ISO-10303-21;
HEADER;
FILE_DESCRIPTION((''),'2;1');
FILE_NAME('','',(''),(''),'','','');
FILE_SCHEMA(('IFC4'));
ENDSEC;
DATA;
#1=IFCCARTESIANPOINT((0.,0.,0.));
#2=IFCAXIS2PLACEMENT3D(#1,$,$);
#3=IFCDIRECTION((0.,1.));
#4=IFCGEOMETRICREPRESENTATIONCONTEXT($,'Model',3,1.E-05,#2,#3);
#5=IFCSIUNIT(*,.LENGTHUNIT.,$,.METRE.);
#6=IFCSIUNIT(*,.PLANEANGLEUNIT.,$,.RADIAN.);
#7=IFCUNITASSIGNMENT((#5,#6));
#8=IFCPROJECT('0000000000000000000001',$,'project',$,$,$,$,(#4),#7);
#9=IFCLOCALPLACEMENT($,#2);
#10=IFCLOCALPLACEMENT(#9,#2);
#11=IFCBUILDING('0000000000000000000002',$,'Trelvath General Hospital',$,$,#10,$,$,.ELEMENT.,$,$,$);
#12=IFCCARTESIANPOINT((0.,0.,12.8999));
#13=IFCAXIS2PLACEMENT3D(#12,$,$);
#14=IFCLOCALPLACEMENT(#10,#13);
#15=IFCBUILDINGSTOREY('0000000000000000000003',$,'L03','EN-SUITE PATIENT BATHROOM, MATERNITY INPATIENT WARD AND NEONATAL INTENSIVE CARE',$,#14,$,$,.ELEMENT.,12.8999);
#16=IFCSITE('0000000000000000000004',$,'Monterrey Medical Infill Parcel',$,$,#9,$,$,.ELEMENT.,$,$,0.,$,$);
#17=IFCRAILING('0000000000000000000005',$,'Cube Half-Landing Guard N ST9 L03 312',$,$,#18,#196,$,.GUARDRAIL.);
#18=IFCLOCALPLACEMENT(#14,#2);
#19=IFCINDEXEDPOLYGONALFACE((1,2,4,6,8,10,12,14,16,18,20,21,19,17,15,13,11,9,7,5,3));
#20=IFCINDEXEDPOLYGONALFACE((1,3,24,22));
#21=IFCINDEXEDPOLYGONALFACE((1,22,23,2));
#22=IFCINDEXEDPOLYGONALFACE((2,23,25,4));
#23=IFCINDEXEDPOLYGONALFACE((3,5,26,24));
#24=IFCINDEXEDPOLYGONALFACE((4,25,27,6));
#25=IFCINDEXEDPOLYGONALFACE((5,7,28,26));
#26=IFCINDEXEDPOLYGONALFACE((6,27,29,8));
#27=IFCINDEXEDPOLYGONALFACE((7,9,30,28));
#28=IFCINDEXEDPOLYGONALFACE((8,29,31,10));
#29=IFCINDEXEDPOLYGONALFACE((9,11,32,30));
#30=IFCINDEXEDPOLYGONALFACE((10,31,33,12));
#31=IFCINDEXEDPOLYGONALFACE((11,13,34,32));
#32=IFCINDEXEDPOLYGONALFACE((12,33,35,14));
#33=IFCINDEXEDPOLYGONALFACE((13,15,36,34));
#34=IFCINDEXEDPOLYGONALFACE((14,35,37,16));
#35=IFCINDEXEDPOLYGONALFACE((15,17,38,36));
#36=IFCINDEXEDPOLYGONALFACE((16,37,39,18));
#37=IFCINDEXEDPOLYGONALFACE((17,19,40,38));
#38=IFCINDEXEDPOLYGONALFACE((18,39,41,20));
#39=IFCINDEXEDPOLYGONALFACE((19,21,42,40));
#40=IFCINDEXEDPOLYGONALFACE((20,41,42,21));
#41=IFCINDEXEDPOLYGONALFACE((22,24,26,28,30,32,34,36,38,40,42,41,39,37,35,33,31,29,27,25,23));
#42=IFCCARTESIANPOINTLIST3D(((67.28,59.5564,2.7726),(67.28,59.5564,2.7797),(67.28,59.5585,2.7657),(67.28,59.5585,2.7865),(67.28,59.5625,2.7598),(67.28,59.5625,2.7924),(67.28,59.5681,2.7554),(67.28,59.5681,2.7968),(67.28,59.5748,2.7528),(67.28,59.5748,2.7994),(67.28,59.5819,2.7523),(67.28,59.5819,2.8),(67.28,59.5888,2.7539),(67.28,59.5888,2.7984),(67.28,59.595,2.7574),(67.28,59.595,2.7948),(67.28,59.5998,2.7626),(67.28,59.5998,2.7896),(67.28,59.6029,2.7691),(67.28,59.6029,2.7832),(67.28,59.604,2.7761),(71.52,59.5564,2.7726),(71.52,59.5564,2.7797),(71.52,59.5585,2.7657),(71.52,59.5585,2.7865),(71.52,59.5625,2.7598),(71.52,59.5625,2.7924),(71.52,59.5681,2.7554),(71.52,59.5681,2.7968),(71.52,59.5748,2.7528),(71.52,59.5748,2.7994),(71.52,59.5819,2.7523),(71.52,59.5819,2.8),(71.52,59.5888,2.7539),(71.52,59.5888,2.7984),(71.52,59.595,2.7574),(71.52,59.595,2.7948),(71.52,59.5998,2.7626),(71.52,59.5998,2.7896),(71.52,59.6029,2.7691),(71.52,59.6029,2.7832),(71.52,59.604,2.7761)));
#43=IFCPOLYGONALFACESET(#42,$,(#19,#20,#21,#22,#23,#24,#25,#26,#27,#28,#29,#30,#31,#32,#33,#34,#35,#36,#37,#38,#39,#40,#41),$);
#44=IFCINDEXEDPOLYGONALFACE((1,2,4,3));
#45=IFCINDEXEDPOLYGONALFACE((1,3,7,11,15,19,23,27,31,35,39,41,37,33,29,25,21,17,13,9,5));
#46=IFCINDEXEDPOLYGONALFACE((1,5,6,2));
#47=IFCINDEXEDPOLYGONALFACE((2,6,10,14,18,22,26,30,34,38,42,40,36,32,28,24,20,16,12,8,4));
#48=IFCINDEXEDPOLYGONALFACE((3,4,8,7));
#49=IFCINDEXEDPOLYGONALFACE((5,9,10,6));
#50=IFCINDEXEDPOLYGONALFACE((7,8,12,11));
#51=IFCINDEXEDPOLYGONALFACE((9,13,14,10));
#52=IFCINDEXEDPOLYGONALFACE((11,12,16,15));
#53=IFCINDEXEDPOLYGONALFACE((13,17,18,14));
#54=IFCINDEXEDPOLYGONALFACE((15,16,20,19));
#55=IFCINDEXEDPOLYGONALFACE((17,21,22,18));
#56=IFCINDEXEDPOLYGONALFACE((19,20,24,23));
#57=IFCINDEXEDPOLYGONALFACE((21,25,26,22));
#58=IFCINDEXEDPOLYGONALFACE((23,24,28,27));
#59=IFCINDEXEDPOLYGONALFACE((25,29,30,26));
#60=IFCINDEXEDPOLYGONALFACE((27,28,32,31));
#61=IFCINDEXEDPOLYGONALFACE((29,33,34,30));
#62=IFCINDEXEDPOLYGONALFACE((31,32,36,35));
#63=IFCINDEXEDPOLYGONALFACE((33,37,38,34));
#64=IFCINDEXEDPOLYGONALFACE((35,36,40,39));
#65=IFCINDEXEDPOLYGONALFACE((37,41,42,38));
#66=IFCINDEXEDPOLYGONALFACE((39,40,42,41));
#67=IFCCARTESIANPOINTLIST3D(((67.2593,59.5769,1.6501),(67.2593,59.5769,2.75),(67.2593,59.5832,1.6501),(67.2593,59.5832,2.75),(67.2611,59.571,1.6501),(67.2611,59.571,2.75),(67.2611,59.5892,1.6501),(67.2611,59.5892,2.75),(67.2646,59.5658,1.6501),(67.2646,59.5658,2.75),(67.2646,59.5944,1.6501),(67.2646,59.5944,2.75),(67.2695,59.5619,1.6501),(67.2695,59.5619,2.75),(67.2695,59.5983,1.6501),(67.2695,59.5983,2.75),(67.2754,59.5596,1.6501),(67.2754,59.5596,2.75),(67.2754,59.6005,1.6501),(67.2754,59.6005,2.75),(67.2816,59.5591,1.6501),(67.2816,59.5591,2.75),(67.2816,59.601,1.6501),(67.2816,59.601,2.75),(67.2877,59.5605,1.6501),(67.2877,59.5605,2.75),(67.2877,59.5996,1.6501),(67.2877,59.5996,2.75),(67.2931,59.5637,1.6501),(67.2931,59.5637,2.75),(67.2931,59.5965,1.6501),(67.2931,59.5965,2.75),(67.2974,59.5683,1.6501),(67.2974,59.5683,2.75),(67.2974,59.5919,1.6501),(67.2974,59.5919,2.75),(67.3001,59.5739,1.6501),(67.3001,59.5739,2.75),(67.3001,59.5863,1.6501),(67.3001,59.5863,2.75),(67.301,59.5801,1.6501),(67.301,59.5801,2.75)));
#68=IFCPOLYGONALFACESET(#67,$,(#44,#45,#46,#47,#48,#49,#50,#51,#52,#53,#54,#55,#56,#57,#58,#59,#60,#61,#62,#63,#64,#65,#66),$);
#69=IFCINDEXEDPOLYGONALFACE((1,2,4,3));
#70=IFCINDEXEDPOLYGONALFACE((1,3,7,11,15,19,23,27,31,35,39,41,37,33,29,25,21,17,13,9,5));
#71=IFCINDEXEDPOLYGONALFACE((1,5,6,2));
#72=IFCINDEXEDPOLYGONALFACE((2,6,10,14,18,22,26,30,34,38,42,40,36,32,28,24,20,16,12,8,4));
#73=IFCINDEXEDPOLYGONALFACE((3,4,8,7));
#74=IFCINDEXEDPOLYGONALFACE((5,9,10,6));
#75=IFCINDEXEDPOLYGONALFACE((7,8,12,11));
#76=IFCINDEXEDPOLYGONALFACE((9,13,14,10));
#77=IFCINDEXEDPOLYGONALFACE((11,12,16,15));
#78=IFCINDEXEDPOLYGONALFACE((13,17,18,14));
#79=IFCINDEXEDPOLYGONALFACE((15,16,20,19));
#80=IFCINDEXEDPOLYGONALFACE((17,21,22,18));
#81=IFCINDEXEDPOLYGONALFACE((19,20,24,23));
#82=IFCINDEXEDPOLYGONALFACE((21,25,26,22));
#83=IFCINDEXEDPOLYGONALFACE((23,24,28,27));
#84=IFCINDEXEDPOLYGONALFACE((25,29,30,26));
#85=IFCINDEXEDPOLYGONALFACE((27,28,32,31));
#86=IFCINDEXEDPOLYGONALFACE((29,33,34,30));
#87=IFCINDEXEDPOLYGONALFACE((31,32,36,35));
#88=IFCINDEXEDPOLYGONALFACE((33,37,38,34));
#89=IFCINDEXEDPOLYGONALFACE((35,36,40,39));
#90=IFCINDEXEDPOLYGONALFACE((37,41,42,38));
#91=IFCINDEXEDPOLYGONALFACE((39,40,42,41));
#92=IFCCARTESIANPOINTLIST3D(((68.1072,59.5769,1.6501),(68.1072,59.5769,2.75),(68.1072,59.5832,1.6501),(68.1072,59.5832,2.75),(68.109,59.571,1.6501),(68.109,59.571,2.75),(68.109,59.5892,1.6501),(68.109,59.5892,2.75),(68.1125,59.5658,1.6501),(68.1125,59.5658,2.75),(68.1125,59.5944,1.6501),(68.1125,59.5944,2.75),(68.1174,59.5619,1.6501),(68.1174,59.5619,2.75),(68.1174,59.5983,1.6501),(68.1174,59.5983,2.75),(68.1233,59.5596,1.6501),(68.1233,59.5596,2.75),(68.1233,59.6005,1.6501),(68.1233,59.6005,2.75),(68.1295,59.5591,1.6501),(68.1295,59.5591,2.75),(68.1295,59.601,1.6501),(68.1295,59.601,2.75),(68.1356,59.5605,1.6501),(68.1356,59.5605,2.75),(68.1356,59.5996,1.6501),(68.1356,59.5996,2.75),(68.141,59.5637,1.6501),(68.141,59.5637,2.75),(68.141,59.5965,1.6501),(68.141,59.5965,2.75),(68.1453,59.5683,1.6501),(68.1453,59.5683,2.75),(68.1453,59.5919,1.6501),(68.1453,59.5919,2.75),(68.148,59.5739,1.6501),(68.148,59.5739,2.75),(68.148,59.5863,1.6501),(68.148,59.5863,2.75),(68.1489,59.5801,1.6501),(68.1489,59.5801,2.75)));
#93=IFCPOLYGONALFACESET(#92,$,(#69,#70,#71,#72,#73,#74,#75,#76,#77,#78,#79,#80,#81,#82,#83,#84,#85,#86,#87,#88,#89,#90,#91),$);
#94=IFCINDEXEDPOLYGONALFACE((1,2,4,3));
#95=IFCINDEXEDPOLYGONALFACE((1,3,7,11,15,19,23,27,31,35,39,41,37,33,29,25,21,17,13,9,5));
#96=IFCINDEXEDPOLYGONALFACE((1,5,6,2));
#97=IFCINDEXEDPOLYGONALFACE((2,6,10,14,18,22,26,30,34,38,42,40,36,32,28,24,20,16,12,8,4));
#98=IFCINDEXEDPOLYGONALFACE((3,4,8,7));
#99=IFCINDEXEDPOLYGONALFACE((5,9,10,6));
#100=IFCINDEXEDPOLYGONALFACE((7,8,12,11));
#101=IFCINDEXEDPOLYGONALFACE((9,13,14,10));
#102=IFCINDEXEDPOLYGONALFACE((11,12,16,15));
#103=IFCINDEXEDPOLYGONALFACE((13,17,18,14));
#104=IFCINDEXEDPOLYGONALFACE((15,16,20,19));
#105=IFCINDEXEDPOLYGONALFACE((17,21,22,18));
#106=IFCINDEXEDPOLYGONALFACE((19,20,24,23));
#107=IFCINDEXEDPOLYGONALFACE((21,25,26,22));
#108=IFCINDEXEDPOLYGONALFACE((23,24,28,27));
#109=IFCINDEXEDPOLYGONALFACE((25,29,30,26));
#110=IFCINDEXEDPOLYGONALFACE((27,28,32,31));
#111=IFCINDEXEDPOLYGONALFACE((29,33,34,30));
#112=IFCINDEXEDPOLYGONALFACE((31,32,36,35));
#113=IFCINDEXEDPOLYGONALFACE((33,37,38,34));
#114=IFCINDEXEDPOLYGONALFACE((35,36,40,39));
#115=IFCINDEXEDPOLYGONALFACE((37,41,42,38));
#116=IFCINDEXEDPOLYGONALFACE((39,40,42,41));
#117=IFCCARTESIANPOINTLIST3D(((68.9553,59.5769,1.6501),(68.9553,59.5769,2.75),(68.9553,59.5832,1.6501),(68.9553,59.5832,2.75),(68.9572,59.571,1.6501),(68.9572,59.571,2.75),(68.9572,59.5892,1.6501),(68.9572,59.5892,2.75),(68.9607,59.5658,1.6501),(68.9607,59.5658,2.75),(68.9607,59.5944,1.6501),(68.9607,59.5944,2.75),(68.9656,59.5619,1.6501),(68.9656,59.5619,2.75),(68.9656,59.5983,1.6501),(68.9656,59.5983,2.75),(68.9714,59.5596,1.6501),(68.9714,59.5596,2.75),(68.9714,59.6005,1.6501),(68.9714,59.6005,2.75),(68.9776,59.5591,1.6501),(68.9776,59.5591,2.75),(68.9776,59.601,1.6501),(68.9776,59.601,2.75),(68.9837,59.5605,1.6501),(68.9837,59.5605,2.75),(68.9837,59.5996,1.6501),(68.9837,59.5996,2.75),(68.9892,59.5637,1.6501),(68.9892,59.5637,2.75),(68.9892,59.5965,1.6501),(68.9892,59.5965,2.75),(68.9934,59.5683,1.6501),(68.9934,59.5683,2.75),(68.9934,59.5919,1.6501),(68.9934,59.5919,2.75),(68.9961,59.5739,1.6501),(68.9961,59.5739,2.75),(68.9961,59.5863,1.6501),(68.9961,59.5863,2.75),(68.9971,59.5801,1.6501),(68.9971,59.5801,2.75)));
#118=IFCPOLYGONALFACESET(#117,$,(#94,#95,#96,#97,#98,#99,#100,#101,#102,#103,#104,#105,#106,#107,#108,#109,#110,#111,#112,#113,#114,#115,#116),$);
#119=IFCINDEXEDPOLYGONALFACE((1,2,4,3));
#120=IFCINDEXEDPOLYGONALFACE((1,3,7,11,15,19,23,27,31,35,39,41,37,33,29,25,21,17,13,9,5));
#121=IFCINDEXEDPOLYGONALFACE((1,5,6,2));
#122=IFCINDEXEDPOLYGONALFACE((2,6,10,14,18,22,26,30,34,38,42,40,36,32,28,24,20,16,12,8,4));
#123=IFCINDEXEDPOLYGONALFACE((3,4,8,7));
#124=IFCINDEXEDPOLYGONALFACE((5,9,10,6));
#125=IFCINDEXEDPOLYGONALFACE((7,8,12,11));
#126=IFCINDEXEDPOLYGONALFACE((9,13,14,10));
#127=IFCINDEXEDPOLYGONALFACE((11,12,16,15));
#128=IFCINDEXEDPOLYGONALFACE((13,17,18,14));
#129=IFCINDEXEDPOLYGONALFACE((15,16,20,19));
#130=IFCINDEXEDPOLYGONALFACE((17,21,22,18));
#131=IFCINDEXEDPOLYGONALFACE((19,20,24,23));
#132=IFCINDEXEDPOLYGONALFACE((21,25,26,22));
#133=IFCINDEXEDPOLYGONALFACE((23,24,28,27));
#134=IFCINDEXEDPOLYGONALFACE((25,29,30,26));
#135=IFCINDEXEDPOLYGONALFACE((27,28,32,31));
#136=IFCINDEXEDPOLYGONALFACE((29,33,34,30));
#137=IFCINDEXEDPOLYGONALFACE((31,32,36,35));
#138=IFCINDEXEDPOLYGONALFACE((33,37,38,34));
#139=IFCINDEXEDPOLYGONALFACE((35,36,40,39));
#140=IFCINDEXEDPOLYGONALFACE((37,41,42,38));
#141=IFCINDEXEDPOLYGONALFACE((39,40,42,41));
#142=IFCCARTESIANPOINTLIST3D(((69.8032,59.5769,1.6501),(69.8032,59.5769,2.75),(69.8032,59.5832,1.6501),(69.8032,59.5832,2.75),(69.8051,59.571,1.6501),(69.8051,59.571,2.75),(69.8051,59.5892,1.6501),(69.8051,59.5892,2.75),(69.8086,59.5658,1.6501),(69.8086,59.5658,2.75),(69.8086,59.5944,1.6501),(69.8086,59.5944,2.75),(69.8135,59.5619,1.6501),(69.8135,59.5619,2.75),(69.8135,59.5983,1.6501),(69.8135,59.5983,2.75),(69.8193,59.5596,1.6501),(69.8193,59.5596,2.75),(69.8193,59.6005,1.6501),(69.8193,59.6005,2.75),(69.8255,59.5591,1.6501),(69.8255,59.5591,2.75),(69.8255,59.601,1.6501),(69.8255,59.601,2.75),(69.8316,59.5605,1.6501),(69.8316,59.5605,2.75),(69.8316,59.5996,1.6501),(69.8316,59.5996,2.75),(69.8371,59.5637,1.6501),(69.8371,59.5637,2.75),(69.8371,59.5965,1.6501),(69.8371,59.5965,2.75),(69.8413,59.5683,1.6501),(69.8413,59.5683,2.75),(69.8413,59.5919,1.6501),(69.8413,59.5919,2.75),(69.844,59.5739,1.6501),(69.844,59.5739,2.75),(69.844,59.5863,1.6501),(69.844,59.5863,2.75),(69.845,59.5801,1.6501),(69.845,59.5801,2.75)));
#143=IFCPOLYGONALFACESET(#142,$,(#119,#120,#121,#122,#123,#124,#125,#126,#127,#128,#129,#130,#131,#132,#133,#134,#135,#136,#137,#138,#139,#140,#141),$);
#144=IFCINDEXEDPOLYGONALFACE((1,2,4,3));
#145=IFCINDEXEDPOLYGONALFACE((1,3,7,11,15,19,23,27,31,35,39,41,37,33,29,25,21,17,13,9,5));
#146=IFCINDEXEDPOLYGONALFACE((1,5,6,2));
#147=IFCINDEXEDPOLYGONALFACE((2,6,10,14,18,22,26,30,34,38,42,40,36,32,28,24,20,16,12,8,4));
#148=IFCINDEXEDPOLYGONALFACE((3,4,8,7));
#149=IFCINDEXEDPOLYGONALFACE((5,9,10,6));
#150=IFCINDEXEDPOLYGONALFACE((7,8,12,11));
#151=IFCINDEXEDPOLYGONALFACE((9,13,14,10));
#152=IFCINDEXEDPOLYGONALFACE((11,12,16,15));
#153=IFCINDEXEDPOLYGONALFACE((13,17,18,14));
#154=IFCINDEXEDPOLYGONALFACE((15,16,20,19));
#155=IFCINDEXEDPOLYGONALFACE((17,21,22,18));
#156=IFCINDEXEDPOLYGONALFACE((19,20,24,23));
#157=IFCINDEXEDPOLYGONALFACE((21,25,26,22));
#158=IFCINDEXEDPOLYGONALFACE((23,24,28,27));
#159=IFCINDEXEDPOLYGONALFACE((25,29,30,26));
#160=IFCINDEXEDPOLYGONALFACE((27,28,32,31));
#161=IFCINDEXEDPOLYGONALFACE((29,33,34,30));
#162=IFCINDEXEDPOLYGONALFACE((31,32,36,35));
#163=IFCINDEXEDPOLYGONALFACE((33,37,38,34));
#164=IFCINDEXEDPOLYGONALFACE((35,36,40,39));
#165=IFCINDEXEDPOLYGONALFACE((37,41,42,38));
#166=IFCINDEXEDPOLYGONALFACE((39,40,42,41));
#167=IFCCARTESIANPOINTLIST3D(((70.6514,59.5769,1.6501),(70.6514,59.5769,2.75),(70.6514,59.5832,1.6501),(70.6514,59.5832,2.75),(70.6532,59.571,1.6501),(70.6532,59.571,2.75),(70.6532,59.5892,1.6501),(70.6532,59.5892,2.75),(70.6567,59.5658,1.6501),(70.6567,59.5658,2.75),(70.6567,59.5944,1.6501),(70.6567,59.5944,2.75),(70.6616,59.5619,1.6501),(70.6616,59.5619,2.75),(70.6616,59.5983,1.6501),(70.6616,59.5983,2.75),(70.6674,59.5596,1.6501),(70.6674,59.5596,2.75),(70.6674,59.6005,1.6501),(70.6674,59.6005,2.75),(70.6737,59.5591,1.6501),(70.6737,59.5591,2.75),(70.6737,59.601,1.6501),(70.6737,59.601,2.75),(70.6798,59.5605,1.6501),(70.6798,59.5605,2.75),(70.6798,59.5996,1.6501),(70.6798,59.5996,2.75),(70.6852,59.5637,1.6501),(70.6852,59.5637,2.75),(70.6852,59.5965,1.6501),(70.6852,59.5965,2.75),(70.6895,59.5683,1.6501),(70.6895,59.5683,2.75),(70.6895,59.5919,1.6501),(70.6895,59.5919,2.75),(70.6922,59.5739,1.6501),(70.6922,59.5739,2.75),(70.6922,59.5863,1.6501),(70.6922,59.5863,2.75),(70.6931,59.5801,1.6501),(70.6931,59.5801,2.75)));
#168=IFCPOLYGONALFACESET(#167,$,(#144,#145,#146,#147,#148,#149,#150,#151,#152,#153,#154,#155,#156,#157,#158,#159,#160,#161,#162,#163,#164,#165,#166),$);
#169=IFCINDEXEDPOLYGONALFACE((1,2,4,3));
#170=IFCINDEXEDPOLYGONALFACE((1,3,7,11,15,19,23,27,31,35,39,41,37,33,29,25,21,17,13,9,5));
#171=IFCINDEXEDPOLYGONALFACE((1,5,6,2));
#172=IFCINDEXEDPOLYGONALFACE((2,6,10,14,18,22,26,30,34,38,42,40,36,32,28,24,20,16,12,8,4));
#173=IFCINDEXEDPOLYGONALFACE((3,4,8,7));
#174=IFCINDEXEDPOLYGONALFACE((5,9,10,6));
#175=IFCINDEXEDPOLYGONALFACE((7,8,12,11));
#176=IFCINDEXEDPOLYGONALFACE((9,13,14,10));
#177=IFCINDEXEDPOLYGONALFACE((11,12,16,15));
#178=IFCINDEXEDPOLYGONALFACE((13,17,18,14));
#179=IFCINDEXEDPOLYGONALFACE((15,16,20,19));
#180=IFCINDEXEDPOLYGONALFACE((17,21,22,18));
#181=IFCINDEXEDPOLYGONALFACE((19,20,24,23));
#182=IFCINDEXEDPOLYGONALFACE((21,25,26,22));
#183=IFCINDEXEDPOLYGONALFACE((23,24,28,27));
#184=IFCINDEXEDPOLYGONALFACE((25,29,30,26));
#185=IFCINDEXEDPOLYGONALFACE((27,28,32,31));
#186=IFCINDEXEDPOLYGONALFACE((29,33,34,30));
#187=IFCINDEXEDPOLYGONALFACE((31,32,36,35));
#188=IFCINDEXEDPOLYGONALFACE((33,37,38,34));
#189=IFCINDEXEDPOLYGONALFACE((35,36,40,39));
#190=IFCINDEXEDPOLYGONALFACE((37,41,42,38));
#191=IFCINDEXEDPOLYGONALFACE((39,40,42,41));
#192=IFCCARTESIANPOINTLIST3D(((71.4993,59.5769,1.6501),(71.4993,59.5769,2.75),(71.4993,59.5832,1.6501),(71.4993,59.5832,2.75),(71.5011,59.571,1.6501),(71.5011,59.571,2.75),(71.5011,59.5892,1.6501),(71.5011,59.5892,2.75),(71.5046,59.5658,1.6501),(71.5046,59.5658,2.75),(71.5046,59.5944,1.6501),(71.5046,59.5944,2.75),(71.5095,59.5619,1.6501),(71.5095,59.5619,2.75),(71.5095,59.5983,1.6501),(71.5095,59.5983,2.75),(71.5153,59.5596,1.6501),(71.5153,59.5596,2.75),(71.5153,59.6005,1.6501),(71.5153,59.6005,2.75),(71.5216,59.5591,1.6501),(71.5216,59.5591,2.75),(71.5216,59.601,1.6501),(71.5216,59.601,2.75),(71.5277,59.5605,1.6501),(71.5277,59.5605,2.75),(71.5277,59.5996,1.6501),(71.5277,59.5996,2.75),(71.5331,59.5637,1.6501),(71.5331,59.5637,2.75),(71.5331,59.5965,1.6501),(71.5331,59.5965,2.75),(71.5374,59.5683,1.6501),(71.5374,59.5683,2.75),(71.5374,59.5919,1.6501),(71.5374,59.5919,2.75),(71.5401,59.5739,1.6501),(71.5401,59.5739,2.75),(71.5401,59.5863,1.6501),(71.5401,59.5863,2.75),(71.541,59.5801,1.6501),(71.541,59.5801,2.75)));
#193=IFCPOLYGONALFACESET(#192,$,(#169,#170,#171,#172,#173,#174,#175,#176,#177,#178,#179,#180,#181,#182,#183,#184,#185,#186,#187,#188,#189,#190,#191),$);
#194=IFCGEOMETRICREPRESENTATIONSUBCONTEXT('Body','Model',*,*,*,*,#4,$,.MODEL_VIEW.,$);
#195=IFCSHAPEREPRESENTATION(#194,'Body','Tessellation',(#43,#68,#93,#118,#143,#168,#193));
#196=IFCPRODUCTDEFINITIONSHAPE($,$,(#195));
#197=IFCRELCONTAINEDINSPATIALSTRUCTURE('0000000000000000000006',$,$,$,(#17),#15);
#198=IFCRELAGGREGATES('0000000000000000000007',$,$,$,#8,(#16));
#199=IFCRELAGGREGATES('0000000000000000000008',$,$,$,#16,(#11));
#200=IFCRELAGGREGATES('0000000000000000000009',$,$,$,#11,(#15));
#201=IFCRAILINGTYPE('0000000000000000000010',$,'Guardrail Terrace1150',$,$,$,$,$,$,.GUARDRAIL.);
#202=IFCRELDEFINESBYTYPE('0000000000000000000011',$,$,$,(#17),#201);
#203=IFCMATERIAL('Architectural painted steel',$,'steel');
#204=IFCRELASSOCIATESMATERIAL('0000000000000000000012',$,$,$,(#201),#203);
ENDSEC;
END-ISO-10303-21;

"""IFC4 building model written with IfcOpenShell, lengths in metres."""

from ifc_helpers import new_model, si_unit, direction, frame, origin, origin_2d, place, context, subcontext, project, spatial, circle, extrude, material, type_object, element, save


model = new_model("IFC4")

# Units and contexts
model_context = context("Model", 3, precision=1e-05, world=origin(), true_north=direction((0.0, 1.0)))
body_context = subcontext(model_context, "Body", "Model", "MODEL_VIEW")
ifc_project = project(units=[si_unit("LENGTHUNIT", "METRE"), si_unit("PLANEANGLEUNIT", "RADIAN")], contexts=[model_context])

# Site, building, storey
site_placement = place(None, origin())
site = spatial("IfcSite", under=ifc_project, at=site_placement, Name="Monterrey Medical Infill Parcel", CompositionType="ELEMENT", RefElevation=0.0)
building_placement = place(site_placement, origin())
building = spatial("IfcBuilding", under=site, at=building_placement, Name="Trelvath General Hospital", CompositionType="ELEMENT")
storey_placement = place(building_placement, frame((0.0, 0.0, 12.8999)))
storey = spatial("IfcBuildingStorey", under=building, at=storey_placement, Name="L03", Description="EN-SUITE PATIENT BATHROOM, MATERNITY INPATIENT WARD AND NEONATAL INTENSIVE CARE", CompositionType="ELEMENT", Elevation=12.8999)

# Railing
ifc_material_1 = material(Name="Architectural painted steel", Category="steel")
railing_type = type_object("IfcRailingType", Name="Guardrail Terrace1150", PredefinedType="GUARDRAIL", material=ifc_material_1)
railing_1_placement = place(storey_placement, frame((67.28, 59.5801, 1.6501)))
element("IfcRailing", 1, at=railing_1_placement, inside=storey, type_object=railing_type, Name="Cube Half-Landing Guard N ST9 L03 312", PredefinedType="GUARDRAIL", context=body_context, shape_type="SweptSolid", body=[
    extrude(circle(Radius=0.0239, at=origin_2d()), frame((0.0, 0.0, 1.126), z_axis=(1.0, 0.0, 0.0), x_axis=(0.0, 1.0, 0.0)), (0.0, 0.0, 1.0), 4.24),
    extrude(circle(Radius=0.021, at=origin_2d()), origin(), (0.0, 0.0, 1.0), 1.0999),
    extrude(circle(Radius=0.021, at=origin_2d()), frame((0.8479, 0.0, 0.0)), (0.0, 0.0, 1.0), 1.0999),
    extrude(circle(Radius=0.021, at=origin_2d()), frame((1.696, 0.0, 0.0)), (0.0, 0.0, 1.0), 1.0999),
    extrude(circle(Radius=0.021, at=origin_2d()), frame((2.5439, 0.0, 0.0)), (0.0, 0.0, 1.0), 1.0999),
    extrude(circle(Radius=0.021, at=origin_2d()), frame((3.3921, 0.0, 0.0)), (0.0, 0.0, 1.0), 1.0999),
    extrude(circle(Radius=0.021, at=origin_2d()), frame((4.24, 0.0, 0.0)), (0.0, 0.0, 1.0), 1.0999),
])

save(model, "model.ifc")
